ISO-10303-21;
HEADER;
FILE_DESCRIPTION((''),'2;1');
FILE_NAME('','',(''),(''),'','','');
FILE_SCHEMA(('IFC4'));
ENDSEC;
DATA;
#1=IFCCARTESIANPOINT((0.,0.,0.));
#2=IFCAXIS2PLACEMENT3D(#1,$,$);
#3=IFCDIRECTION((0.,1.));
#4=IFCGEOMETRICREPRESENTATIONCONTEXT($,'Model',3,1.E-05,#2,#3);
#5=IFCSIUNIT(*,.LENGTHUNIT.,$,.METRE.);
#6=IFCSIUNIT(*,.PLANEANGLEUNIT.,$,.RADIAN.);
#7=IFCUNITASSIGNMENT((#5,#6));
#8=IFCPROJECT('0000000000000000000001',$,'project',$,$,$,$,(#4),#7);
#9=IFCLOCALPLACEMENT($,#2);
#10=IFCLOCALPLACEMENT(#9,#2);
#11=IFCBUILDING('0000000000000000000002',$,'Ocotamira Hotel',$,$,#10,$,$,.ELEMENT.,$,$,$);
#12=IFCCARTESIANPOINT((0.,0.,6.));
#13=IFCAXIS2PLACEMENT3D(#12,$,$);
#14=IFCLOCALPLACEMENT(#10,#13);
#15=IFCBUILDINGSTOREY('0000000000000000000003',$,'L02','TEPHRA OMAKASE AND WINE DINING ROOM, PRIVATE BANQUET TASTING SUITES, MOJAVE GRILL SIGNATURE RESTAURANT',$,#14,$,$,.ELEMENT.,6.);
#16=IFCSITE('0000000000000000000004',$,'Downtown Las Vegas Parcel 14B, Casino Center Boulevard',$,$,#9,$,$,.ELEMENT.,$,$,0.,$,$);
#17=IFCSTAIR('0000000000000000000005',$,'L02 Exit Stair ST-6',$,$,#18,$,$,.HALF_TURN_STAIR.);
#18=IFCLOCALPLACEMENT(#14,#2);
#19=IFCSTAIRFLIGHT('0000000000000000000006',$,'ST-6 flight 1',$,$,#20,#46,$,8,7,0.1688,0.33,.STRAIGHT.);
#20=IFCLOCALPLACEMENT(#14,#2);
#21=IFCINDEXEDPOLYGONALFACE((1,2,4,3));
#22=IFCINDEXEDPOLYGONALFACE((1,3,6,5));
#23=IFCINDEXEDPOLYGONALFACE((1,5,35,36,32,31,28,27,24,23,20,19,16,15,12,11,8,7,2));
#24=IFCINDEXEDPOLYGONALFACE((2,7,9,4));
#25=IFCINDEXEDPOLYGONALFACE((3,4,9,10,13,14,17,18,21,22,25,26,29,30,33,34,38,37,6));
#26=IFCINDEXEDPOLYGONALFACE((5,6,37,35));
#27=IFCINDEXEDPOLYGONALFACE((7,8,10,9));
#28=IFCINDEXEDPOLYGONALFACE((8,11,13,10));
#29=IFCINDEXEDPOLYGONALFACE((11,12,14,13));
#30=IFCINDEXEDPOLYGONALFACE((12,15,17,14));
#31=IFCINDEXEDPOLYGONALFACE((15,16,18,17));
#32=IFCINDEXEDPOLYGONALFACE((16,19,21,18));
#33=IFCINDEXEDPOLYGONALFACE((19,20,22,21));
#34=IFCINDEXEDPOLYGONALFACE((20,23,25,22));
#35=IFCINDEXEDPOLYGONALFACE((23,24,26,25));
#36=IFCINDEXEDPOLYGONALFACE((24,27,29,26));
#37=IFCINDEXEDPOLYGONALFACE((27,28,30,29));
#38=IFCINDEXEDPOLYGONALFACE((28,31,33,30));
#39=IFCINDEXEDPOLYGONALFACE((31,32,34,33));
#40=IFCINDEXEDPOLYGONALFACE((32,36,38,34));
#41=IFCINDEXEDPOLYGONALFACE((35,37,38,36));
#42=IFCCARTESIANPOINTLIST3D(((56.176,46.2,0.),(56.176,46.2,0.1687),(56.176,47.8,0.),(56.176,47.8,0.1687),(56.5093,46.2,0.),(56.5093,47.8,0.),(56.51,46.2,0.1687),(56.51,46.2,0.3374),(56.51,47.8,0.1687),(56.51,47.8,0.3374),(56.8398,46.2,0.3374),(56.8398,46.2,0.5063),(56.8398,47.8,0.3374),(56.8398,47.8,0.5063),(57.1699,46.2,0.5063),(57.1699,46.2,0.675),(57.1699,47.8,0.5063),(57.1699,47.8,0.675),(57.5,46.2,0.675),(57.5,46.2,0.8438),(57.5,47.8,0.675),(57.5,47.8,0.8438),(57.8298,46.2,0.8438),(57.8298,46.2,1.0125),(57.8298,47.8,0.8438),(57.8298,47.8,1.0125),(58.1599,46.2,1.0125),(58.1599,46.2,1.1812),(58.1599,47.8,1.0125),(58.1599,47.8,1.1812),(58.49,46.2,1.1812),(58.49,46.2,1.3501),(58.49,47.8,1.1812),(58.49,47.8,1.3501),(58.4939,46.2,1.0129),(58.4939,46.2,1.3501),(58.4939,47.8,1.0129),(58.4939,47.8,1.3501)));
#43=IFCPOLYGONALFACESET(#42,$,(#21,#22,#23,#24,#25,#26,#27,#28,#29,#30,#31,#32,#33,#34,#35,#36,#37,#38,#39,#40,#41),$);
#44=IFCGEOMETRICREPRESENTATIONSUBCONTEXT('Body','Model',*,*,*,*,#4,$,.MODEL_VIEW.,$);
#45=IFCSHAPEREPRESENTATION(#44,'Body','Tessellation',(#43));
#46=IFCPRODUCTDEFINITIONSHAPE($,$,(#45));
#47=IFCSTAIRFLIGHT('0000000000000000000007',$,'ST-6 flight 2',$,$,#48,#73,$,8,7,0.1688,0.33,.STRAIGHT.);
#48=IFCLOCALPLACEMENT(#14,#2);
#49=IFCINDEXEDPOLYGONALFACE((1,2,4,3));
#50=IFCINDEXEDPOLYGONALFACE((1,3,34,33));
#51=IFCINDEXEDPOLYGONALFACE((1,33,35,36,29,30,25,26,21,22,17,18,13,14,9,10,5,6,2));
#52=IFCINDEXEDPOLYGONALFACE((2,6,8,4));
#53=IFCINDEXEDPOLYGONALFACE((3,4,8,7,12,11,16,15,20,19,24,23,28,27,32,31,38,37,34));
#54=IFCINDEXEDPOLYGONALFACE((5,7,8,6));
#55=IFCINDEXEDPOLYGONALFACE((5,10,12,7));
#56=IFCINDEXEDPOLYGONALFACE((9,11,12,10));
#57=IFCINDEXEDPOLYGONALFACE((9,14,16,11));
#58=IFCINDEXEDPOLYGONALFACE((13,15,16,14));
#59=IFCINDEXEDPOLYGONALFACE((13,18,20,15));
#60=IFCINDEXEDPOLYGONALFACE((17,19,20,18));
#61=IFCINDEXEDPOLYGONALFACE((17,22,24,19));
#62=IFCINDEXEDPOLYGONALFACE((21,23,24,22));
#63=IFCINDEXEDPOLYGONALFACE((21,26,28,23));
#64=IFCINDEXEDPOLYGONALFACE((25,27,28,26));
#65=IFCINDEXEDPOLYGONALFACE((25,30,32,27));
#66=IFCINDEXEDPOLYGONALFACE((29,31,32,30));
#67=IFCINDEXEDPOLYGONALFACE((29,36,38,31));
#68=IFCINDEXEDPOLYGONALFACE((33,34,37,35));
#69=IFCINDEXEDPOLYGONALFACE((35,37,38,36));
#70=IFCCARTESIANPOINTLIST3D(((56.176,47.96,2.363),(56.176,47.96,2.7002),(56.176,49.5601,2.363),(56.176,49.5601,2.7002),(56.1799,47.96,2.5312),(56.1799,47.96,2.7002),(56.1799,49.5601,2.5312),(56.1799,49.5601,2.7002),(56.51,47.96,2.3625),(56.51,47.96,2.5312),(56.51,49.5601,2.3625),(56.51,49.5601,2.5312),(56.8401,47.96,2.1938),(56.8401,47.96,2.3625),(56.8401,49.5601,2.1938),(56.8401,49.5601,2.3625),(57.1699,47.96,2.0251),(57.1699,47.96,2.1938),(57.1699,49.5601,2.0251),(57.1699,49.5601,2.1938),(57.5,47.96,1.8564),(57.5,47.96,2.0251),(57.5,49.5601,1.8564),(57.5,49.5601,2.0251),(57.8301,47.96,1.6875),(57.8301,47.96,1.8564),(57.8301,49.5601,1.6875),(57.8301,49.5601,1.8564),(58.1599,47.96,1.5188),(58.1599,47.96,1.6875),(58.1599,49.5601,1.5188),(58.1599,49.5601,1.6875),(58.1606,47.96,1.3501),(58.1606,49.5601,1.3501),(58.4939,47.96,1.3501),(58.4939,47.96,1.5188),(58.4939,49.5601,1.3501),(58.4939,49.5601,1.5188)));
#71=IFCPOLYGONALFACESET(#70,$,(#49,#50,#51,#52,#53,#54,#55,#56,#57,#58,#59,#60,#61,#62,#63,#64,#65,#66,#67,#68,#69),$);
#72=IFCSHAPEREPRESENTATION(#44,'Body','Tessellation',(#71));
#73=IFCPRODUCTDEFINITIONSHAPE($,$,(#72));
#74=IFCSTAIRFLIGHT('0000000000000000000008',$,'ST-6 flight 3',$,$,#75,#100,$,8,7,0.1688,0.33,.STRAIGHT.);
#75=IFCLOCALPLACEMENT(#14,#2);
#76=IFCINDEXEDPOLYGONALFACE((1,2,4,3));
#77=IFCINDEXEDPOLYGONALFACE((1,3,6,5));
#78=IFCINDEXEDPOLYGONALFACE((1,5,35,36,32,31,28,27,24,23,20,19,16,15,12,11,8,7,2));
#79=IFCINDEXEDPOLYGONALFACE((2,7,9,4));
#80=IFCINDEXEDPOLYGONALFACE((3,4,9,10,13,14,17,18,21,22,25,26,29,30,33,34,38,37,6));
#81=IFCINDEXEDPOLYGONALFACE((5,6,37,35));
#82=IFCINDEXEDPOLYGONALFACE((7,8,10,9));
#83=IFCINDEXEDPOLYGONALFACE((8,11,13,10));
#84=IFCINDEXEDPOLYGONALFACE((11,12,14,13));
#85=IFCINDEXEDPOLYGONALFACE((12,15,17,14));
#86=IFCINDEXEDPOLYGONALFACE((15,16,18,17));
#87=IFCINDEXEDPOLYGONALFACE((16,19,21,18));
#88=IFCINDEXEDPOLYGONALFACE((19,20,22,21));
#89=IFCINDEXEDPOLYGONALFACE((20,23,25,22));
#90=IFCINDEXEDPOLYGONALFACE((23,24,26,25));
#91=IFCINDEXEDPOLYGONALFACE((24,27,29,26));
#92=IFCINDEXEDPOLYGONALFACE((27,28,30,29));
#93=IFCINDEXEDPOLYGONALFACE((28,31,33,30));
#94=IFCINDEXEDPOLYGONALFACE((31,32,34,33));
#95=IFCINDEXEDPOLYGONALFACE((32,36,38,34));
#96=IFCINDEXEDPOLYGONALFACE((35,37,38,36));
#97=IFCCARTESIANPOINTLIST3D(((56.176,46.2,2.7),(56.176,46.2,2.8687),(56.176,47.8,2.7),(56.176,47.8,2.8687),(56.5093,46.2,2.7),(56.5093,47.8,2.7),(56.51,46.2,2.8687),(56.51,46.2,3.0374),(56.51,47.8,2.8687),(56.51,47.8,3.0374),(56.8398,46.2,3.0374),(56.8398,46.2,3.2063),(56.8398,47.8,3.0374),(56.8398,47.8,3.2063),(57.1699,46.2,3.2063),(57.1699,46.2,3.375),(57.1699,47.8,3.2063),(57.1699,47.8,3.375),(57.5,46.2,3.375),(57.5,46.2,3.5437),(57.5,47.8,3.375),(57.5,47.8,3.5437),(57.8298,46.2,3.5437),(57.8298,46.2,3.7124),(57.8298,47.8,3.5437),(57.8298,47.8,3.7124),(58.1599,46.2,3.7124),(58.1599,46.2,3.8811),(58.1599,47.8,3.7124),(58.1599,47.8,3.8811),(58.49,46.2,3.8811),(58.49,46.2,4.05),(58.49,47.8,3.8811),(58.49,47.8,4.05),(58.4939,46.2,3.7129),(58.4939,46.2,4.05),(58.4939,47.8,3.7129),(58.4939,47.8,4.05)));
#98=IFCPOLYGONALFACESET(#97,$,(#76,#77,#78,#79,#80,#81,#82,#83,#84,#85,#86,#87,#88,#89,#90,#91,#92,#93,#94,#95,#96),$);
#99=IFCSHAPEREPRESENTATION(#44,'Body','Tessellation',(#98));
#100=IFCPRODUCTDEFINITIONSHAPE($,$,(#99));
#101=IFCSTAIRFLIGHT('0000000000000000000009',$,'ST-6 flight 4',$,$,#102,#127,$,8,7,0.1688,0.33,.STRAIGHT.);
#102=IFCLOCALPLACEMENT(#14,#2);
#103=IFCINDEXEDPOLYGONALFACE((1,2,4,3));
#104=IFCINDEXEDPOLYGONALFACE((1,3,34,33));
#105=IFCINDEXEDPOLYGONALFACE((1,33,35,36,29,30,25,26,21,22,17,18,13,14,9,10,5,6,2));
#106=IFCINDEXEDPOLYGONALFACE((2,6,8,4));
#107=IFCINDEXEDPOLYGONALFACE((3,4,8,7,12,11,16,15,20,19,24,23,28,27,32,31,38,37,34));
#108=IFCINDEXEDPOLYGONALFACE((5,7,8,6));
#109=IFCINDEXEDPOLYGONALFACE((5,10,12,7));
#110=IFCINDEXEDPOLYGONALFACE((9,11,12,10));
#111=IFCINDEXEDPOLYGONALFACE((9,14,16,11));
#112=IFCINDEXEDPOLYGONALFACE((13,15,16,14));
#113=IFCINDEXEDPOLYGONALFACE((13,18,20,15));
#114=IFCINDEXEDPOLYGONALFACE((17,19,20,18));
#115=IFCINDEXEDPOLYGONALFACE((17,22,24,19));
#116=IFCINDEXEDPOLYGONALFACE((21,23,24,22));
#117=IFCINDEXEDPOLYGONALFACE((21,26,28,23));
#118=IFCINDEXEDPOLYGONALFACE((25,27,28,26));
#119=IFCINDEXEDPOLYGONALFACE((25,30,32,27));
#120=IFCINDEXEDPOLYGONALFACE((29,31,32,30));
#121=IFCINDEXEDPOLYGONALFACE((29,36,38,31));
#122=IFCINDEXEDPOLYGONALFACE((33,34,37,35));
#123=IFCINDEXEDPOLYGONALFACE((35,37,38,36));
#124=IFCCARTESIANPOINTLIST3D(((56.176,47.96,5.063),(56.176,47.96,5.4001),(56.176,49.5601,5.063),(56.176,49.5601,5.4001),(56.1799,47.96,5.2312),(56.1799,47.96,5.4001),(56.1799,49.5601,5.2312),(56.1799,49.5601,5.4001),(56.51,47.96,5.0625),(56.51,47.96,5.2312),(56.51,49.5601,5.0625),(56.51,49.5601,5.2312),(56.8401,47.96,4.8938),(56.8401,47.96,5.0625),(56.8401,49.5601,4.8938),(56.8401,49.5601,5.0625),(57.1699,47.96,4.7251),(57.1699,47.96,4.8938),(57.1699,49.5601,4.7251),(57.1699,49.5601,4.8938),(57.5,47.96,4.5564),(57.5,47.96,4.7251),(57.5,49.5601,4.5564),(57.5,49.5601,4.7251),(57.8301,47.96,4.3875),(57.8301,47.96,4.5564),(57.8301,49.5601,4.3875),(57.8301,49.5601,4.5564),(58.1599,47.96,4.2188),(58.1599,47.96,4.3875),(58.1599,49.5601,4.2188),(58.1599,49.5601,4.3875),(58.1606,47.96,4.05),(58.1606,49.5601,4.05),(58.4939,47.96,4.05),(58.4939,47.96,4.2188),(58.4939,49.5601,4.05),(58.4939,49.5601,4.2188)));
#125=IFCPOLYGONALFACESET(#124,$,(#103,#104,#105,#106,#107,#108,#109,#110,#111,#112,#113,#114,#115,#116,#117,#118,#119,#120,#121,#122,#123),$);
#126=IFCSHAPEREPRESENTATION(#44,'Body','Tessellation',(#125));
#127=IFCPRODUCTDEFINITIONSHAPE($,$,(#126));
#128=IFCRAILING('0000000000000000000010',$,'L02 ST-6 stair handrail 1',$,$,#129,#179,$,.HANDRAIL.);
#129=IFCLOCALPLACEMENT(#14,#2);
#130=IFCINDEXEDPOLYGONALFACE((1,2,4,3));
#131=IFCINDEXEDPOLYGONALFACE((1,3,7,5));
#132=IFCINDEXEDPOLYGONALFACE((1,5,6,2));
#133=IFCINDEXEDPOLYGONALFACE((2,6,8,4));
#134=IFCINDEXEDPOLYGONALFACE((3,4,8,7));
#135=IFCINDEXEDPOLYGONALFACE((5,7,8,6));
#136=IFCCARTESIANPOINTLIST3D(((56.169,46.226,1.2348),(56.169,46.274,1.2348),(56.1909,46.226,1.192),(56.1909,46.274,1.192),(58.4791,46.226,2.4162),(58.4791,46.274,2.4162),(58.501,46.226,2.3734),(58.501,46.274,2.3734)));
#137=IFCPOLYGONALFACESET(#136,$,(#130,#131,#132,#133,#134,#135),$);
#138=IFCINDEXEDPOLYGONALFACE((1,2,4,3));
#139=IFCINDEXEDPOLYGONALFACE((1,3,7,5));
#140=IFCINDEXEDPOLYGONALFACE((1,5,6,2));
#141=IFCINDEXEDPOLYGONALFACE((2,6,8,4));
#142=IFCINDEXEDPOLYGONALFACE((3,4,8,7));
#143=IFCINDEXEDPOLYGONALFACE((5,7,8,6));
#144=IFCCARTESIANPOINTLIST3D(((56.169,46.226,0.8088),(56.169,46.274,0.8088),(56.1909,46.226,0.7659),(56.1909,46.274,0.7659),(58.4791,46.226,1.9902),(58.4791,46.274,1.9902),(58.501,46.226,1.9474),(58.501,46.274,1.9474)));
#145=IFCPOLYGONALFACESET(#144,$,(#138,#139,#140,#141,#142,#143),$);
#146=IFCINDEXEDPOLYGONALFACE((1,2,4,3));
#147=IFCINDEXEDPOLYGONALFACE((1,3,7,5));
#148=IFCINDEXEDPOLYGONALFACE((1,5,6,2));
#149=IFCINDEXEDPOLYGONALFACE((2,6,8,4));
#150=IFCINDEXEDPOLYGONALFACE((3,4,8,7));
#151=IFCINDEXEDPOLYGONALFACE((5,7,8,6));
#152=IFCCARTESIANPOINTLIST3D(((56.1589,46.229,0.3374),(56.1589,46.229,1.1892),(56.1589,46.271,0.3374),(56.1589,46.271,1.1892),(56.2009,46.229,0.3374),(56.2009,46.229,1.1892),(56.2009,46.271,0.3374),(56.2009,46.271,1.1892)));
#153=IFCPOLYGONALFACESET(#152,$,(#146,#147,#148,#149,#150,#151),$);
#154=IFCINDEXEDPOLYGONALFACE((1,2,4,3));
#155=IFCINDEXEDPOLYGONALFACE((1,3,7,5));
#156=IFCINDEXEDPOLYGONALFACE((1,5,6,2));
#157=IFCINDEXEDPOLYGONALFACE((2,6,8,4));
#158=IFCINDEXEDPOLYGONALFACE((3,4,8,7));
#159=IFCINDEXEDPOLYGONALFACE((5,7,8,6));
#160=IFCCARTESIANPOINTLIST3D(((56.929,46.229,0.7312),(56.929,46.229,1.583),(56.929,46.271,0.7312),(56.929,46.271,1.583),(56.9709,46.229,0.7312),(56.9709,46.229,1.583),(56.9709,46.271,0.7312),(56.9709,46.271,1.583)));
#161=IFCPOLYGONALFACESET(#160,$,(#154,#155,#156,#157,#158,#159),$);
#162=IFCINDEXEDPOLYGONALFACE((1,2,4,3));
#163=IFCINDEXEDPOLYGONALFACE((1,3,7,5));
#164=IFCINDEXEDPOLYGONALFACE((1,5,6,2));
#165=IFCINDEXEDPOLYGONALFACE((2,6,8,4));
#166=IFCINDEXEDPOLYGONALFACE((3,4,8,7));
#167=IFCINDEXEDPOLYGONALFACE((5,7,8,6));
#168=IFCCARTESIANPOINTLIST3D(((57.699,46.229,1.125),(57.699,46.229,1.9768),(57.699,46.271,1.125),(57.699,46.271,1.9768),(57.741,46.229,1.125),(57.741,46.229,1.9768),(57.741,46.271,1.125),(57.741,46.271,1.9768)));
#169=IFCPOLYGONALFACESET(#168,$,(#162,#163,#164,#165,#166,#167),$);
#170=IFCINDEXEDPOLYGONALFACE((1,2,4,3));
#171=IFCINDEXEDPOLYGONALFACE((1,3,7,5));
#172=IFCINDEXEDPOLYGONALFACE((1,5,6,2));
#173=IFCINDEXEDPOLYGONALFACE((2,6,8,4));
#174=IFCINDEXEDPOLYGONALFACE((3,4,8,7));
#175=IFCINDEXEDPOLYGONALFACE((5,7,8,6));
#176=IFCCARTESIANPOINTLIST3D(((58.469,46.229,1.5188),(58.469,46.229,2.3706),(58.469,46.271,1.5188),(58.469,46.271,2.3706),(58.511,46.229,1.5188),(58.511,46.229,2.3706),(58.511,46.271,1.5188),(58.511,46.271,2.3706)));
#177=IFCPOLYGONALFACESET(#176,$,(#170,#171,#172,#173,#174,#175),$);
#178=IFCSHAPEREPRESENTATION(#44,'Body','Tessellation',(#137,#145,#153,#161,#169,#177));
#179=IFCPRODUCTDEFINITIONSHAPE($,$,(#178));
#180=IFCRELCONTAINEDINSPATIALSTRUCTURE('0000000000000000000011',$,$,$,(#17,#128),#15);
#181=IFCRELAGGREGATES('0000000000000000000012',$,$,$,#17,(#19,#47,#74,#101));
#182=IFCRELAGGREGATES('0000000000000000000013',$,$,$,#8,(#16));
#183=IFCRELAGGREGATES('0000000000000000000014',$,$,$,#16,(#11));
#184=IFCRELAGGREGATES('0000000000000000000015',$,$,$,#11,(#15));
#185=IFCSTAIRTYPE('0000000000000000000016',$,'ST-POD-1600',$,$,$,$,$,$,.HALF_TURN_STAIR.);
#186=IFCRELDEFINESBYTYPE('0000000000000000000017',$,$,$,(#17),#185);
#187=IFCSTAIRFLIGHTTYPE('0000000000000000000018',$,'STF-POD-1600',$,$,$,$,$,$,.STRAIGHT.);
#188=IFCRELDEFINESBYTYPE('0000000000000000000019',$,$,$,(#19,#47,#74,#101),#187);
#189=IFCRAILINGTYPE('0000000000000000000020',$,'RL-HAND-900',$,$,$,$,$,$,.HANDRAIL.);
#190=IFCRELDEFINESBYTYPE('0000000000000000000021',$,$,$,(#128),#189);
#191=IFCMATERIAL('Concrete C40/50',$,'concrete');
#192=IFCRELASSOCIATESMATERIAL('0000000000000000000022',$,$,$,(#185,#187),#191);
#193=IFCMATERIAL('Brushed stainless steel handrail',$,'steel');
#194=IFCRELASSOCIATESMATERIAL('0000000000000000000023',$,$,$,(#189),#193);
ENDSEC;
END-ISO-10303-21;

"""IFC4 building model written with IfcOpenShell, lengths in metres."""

from ifc_helpers import new_model, si_unit, direction, frame, origin, origin_2d, place, context, subcontext, project, spatial, polyline, rectangle, outline, extrude, source, transform, mapped, material, type_object, element, aggregate, save


model = new_model("IFC4")

# Units and contexts
model_context = context("Model", 3, precision=1e-05, world=origin(), true_north=direction((0.0, 1.0)))
body_context = subcontext(model_context, "Body", "Model", "MODEL_VIEW")
ifc_project = project(units=[si_unit("LENGTHUNIT", "METRE"), si_unit("PLANEANGLEUNIT", "RADIAN")], contexts=[model_context])

# Site, building, storey
site_placement = place(None, origin())
site = spatial("IfcSite", under=ifc_project, at=site_placement, Name="Downtown Las Vegas Parcel 14B, Casino Center Boulevard", CompositionType="ELEMENT", RefElevation=0.0)
building_placement = place(site_placement, origin())
building = spatial("IfcBuilding", under=site, at=building_placement, Name="Ocotamira Hotel", CompositionType="ELEMENT")
storey_placement = place(building_placement, frame((0.0, 0.0, 6.0)))
storey = spatial("IfcBuildingStorey", under=building, at=storey_placement, Name="L02", Description="TEPHRA OMAKASE AND WINE DINING ROOM, PRIVATE BANQUET TASTING SUITES, MOJAVE GRILL SIGNATURE RESTAURANT", CompositionType="ELEMENT", Elevation=6.0)

# Stair, stair flights
ifc_material_1 = material(Name="Concrete C40/50", Category="concrete")
stair_type = type_object("IfcStairType", Name="ST-POD-1600", PredefinedType="HALF_TURN_STAIR", material=ifc_material_1)
stair_placement = place(storey_placement, origin())
stair = element("IfcStair", 1, at=stair_placement, inside=storey, type_object=stair_type, Name="L02 Exit Stair ST-6", PredefinedType="HALF_TURN_STAIR")
stair_flight_type = type_object("IfcStairFlightType", Name="STF-POD-1600", PredefinedType="STRAIGHT", material=ifc_material_1)
shared_shape_1 = source(origin(), body_context, "Body", "SweptSolid", [
    extrude(outline(polyline([(-0.0039, 0.0), (-0.0039, 0.1687), (0.3301, 0.1687), (0.3301, 0.3374), (0.6599, 0.3374), (0.6599, 0.5063), (0.99, 0.5063), (0.99, 0.675), (1.3201, 0.675), (1.3201, 0.8438), (1.6499, 0.8438), (1.6499, 1.0125), (1.98, 1.0125), (1.98, 1.1812), (2.3101, 1.1812), (2.3101, 1.3501), (2.314, 1.3501), (2.314, 1.0129), (0.3293, 0.0), (-0.0039, 0.0)])), frame((0.0, 0.8, 0.0), z_axis=(0.0, -1.0, 0.0), x_axis=(1.0, 0.0, 0.0)), (0.0, 0.0, 1.0), 1.6001),
])
stair_flight_1_placement = place(storey_placement, frame((56.1799, 47.0, 0.0), z_axis=(0.0, 0.0, 1.0), x_axis=(1.0, 0.0, 0.0)))
stair_flight_1 = element("IfcStairFlight", 2, at=stair_flight_1_placement, type_object=stair_flight_type, Name="ST-6 flight 1", NumberOfRisers=8, NumberOfTreads=7, PredefinedType="STRAIGHT", RiserHeight=0.1688, TreadLength=0.33, context=body_context, shape_type="MappedRepresentation", body=[
    mapped(shared_shape_1, transform((0.0, 0.0, 0.0), scale=1.0)),
])
stair_flight_2_placement = place(storey_placement, frame((58.49, 48.76, 1.3501), z_axis=(0.0, 0.0, 1.0), x_axis=(-1.0, 0.0, 0.0)))
stair_flight_2 = element("IfcStairFlight", 3, at=stair_flight_2_placement, type_object=stair_flight_type, Name="ST-6 flight 2", NumberOfRisers=8, NumberOfTreads=7, PredefinedType="STRAIGHT", RiserHeight=0.1688, TreadLength=0.33, context=body_context, shape_type="MappedRepresentation", body=[
    mapped(shared_shape_1, transform((0.0, 0.0, 0.0), scale=1.0)),
])
stair_flight_3_placement = place(storey_placement, frame((56.1799, 47.0, 2.7), z_axis=(0.0, 0.0, 1.0), x_axis=(1.0, 0.0, 0.0)))
stair_flight_3 = element("IfcStairFlight", 4, at=stair_flight_3_placement, type_object=stair_flight_type, Name="ST-6 flight 3", NumberOfRisers=8, NumberOfTreads=7, PredefinedType="STRAIGHT", RiserHeight=0.1688, TreadLength=0.33, context=body_context, shape_type="MappedRepresentation", body=[
    mapped(shared_shape_1, transform((0.0, 0.0, 0.0), scale=1.0)),
])
stair_flight_4_placement = place(storey_placement, frame((58.49, 48.76, 4.05), z_axis=(0.0, 0.0, 1.0), x_axis=(-1.0, 0.0, 0.0)))
stair_flight_4 = element("IfcStairFlight", 5, at=stair_flight_4_placement, type_object=stair_flight_type, Name="ST-6 flight 4", NumberOfRisers=8, NumberOfTreads=7, PredefinedType="STRAIGHT", RiserHeight=0.1688, TreadLength=0.33, context=body_context, shape_type="MappedRepresentation", body=[
    mapped(shared_shape_1, transform((0.0, 0.0, 0.0), scale=1.0)),
])
aggregate(stair, [stair_flight_1, stair_flight_2, stair_flight_3, stair_flight_4])

# Railing
ifc_material_2 = material(Name="Brushed stainless steel handrail", Category="steel")
railing_type_1 = type_object("IfcRailingType", Name="RL-HAND-900", PredefinedType="HANDRAIL", material=ifc_material_2)
railing_1_placement = place(storey_placement, frame((56.1799, 46.25, 0.3374)))
element("IfcRailing", 6, at=railing_1_placement, inside=storey, type_object=railing_type_1, Name="L02 ST-6 stair handrail 1", PredefinedType="HANDRAIL", context=body_context, shape_type="SweptSolid", body=[
    extrude(rectangle(XDim=0.0481, YDim=0.0481, at=origin_2d()), frame((0.0, 0.0, 0.876), z_axis=(0.890325, 0.0, 0.455325), x_axis=(0.0, 1.0, 0.0)), (0.0, 0.0, 1.0), 2.5947),
    extrude(rectangle(XDim=0.0481, YDim=0.0481, at=origin_2d()), frame((0.0, 0.0, 0.45), z_axis=(0.890325, 0.0, 0.455325), x_axis=(0.0, 1.0, 0.0)), (0.0, 0.0, 1.0), 2.5947),
    extrude(rectangle(XDim=0.042, YDim=0.042, at=origin_2d()), origin(), (0.0, 0.0, 1.0), 0.8518),
    extrude(rectangle(XDim=0.042, YDim=0.042, at=origin_2d()), frame((0.77, 0.0, 0.3938)), (0.0, 0.0, 1.0), 0.8518),
    extrude(rectangle(XDim=0.042, YDim=0.042, at=origin_2d()), frame((1.54, 0.0, 0.7876)), (0.0, 0.0, 1.0), 0.8518),
    extrude(rectangle(XDim=0.042, YDim=0.042, at=origin_2d()), frame((2.3101, 0.0, 1.1814)), (0.0, 0.0, 1.0), 0.8518),
])

save(model, "model.ifc")
